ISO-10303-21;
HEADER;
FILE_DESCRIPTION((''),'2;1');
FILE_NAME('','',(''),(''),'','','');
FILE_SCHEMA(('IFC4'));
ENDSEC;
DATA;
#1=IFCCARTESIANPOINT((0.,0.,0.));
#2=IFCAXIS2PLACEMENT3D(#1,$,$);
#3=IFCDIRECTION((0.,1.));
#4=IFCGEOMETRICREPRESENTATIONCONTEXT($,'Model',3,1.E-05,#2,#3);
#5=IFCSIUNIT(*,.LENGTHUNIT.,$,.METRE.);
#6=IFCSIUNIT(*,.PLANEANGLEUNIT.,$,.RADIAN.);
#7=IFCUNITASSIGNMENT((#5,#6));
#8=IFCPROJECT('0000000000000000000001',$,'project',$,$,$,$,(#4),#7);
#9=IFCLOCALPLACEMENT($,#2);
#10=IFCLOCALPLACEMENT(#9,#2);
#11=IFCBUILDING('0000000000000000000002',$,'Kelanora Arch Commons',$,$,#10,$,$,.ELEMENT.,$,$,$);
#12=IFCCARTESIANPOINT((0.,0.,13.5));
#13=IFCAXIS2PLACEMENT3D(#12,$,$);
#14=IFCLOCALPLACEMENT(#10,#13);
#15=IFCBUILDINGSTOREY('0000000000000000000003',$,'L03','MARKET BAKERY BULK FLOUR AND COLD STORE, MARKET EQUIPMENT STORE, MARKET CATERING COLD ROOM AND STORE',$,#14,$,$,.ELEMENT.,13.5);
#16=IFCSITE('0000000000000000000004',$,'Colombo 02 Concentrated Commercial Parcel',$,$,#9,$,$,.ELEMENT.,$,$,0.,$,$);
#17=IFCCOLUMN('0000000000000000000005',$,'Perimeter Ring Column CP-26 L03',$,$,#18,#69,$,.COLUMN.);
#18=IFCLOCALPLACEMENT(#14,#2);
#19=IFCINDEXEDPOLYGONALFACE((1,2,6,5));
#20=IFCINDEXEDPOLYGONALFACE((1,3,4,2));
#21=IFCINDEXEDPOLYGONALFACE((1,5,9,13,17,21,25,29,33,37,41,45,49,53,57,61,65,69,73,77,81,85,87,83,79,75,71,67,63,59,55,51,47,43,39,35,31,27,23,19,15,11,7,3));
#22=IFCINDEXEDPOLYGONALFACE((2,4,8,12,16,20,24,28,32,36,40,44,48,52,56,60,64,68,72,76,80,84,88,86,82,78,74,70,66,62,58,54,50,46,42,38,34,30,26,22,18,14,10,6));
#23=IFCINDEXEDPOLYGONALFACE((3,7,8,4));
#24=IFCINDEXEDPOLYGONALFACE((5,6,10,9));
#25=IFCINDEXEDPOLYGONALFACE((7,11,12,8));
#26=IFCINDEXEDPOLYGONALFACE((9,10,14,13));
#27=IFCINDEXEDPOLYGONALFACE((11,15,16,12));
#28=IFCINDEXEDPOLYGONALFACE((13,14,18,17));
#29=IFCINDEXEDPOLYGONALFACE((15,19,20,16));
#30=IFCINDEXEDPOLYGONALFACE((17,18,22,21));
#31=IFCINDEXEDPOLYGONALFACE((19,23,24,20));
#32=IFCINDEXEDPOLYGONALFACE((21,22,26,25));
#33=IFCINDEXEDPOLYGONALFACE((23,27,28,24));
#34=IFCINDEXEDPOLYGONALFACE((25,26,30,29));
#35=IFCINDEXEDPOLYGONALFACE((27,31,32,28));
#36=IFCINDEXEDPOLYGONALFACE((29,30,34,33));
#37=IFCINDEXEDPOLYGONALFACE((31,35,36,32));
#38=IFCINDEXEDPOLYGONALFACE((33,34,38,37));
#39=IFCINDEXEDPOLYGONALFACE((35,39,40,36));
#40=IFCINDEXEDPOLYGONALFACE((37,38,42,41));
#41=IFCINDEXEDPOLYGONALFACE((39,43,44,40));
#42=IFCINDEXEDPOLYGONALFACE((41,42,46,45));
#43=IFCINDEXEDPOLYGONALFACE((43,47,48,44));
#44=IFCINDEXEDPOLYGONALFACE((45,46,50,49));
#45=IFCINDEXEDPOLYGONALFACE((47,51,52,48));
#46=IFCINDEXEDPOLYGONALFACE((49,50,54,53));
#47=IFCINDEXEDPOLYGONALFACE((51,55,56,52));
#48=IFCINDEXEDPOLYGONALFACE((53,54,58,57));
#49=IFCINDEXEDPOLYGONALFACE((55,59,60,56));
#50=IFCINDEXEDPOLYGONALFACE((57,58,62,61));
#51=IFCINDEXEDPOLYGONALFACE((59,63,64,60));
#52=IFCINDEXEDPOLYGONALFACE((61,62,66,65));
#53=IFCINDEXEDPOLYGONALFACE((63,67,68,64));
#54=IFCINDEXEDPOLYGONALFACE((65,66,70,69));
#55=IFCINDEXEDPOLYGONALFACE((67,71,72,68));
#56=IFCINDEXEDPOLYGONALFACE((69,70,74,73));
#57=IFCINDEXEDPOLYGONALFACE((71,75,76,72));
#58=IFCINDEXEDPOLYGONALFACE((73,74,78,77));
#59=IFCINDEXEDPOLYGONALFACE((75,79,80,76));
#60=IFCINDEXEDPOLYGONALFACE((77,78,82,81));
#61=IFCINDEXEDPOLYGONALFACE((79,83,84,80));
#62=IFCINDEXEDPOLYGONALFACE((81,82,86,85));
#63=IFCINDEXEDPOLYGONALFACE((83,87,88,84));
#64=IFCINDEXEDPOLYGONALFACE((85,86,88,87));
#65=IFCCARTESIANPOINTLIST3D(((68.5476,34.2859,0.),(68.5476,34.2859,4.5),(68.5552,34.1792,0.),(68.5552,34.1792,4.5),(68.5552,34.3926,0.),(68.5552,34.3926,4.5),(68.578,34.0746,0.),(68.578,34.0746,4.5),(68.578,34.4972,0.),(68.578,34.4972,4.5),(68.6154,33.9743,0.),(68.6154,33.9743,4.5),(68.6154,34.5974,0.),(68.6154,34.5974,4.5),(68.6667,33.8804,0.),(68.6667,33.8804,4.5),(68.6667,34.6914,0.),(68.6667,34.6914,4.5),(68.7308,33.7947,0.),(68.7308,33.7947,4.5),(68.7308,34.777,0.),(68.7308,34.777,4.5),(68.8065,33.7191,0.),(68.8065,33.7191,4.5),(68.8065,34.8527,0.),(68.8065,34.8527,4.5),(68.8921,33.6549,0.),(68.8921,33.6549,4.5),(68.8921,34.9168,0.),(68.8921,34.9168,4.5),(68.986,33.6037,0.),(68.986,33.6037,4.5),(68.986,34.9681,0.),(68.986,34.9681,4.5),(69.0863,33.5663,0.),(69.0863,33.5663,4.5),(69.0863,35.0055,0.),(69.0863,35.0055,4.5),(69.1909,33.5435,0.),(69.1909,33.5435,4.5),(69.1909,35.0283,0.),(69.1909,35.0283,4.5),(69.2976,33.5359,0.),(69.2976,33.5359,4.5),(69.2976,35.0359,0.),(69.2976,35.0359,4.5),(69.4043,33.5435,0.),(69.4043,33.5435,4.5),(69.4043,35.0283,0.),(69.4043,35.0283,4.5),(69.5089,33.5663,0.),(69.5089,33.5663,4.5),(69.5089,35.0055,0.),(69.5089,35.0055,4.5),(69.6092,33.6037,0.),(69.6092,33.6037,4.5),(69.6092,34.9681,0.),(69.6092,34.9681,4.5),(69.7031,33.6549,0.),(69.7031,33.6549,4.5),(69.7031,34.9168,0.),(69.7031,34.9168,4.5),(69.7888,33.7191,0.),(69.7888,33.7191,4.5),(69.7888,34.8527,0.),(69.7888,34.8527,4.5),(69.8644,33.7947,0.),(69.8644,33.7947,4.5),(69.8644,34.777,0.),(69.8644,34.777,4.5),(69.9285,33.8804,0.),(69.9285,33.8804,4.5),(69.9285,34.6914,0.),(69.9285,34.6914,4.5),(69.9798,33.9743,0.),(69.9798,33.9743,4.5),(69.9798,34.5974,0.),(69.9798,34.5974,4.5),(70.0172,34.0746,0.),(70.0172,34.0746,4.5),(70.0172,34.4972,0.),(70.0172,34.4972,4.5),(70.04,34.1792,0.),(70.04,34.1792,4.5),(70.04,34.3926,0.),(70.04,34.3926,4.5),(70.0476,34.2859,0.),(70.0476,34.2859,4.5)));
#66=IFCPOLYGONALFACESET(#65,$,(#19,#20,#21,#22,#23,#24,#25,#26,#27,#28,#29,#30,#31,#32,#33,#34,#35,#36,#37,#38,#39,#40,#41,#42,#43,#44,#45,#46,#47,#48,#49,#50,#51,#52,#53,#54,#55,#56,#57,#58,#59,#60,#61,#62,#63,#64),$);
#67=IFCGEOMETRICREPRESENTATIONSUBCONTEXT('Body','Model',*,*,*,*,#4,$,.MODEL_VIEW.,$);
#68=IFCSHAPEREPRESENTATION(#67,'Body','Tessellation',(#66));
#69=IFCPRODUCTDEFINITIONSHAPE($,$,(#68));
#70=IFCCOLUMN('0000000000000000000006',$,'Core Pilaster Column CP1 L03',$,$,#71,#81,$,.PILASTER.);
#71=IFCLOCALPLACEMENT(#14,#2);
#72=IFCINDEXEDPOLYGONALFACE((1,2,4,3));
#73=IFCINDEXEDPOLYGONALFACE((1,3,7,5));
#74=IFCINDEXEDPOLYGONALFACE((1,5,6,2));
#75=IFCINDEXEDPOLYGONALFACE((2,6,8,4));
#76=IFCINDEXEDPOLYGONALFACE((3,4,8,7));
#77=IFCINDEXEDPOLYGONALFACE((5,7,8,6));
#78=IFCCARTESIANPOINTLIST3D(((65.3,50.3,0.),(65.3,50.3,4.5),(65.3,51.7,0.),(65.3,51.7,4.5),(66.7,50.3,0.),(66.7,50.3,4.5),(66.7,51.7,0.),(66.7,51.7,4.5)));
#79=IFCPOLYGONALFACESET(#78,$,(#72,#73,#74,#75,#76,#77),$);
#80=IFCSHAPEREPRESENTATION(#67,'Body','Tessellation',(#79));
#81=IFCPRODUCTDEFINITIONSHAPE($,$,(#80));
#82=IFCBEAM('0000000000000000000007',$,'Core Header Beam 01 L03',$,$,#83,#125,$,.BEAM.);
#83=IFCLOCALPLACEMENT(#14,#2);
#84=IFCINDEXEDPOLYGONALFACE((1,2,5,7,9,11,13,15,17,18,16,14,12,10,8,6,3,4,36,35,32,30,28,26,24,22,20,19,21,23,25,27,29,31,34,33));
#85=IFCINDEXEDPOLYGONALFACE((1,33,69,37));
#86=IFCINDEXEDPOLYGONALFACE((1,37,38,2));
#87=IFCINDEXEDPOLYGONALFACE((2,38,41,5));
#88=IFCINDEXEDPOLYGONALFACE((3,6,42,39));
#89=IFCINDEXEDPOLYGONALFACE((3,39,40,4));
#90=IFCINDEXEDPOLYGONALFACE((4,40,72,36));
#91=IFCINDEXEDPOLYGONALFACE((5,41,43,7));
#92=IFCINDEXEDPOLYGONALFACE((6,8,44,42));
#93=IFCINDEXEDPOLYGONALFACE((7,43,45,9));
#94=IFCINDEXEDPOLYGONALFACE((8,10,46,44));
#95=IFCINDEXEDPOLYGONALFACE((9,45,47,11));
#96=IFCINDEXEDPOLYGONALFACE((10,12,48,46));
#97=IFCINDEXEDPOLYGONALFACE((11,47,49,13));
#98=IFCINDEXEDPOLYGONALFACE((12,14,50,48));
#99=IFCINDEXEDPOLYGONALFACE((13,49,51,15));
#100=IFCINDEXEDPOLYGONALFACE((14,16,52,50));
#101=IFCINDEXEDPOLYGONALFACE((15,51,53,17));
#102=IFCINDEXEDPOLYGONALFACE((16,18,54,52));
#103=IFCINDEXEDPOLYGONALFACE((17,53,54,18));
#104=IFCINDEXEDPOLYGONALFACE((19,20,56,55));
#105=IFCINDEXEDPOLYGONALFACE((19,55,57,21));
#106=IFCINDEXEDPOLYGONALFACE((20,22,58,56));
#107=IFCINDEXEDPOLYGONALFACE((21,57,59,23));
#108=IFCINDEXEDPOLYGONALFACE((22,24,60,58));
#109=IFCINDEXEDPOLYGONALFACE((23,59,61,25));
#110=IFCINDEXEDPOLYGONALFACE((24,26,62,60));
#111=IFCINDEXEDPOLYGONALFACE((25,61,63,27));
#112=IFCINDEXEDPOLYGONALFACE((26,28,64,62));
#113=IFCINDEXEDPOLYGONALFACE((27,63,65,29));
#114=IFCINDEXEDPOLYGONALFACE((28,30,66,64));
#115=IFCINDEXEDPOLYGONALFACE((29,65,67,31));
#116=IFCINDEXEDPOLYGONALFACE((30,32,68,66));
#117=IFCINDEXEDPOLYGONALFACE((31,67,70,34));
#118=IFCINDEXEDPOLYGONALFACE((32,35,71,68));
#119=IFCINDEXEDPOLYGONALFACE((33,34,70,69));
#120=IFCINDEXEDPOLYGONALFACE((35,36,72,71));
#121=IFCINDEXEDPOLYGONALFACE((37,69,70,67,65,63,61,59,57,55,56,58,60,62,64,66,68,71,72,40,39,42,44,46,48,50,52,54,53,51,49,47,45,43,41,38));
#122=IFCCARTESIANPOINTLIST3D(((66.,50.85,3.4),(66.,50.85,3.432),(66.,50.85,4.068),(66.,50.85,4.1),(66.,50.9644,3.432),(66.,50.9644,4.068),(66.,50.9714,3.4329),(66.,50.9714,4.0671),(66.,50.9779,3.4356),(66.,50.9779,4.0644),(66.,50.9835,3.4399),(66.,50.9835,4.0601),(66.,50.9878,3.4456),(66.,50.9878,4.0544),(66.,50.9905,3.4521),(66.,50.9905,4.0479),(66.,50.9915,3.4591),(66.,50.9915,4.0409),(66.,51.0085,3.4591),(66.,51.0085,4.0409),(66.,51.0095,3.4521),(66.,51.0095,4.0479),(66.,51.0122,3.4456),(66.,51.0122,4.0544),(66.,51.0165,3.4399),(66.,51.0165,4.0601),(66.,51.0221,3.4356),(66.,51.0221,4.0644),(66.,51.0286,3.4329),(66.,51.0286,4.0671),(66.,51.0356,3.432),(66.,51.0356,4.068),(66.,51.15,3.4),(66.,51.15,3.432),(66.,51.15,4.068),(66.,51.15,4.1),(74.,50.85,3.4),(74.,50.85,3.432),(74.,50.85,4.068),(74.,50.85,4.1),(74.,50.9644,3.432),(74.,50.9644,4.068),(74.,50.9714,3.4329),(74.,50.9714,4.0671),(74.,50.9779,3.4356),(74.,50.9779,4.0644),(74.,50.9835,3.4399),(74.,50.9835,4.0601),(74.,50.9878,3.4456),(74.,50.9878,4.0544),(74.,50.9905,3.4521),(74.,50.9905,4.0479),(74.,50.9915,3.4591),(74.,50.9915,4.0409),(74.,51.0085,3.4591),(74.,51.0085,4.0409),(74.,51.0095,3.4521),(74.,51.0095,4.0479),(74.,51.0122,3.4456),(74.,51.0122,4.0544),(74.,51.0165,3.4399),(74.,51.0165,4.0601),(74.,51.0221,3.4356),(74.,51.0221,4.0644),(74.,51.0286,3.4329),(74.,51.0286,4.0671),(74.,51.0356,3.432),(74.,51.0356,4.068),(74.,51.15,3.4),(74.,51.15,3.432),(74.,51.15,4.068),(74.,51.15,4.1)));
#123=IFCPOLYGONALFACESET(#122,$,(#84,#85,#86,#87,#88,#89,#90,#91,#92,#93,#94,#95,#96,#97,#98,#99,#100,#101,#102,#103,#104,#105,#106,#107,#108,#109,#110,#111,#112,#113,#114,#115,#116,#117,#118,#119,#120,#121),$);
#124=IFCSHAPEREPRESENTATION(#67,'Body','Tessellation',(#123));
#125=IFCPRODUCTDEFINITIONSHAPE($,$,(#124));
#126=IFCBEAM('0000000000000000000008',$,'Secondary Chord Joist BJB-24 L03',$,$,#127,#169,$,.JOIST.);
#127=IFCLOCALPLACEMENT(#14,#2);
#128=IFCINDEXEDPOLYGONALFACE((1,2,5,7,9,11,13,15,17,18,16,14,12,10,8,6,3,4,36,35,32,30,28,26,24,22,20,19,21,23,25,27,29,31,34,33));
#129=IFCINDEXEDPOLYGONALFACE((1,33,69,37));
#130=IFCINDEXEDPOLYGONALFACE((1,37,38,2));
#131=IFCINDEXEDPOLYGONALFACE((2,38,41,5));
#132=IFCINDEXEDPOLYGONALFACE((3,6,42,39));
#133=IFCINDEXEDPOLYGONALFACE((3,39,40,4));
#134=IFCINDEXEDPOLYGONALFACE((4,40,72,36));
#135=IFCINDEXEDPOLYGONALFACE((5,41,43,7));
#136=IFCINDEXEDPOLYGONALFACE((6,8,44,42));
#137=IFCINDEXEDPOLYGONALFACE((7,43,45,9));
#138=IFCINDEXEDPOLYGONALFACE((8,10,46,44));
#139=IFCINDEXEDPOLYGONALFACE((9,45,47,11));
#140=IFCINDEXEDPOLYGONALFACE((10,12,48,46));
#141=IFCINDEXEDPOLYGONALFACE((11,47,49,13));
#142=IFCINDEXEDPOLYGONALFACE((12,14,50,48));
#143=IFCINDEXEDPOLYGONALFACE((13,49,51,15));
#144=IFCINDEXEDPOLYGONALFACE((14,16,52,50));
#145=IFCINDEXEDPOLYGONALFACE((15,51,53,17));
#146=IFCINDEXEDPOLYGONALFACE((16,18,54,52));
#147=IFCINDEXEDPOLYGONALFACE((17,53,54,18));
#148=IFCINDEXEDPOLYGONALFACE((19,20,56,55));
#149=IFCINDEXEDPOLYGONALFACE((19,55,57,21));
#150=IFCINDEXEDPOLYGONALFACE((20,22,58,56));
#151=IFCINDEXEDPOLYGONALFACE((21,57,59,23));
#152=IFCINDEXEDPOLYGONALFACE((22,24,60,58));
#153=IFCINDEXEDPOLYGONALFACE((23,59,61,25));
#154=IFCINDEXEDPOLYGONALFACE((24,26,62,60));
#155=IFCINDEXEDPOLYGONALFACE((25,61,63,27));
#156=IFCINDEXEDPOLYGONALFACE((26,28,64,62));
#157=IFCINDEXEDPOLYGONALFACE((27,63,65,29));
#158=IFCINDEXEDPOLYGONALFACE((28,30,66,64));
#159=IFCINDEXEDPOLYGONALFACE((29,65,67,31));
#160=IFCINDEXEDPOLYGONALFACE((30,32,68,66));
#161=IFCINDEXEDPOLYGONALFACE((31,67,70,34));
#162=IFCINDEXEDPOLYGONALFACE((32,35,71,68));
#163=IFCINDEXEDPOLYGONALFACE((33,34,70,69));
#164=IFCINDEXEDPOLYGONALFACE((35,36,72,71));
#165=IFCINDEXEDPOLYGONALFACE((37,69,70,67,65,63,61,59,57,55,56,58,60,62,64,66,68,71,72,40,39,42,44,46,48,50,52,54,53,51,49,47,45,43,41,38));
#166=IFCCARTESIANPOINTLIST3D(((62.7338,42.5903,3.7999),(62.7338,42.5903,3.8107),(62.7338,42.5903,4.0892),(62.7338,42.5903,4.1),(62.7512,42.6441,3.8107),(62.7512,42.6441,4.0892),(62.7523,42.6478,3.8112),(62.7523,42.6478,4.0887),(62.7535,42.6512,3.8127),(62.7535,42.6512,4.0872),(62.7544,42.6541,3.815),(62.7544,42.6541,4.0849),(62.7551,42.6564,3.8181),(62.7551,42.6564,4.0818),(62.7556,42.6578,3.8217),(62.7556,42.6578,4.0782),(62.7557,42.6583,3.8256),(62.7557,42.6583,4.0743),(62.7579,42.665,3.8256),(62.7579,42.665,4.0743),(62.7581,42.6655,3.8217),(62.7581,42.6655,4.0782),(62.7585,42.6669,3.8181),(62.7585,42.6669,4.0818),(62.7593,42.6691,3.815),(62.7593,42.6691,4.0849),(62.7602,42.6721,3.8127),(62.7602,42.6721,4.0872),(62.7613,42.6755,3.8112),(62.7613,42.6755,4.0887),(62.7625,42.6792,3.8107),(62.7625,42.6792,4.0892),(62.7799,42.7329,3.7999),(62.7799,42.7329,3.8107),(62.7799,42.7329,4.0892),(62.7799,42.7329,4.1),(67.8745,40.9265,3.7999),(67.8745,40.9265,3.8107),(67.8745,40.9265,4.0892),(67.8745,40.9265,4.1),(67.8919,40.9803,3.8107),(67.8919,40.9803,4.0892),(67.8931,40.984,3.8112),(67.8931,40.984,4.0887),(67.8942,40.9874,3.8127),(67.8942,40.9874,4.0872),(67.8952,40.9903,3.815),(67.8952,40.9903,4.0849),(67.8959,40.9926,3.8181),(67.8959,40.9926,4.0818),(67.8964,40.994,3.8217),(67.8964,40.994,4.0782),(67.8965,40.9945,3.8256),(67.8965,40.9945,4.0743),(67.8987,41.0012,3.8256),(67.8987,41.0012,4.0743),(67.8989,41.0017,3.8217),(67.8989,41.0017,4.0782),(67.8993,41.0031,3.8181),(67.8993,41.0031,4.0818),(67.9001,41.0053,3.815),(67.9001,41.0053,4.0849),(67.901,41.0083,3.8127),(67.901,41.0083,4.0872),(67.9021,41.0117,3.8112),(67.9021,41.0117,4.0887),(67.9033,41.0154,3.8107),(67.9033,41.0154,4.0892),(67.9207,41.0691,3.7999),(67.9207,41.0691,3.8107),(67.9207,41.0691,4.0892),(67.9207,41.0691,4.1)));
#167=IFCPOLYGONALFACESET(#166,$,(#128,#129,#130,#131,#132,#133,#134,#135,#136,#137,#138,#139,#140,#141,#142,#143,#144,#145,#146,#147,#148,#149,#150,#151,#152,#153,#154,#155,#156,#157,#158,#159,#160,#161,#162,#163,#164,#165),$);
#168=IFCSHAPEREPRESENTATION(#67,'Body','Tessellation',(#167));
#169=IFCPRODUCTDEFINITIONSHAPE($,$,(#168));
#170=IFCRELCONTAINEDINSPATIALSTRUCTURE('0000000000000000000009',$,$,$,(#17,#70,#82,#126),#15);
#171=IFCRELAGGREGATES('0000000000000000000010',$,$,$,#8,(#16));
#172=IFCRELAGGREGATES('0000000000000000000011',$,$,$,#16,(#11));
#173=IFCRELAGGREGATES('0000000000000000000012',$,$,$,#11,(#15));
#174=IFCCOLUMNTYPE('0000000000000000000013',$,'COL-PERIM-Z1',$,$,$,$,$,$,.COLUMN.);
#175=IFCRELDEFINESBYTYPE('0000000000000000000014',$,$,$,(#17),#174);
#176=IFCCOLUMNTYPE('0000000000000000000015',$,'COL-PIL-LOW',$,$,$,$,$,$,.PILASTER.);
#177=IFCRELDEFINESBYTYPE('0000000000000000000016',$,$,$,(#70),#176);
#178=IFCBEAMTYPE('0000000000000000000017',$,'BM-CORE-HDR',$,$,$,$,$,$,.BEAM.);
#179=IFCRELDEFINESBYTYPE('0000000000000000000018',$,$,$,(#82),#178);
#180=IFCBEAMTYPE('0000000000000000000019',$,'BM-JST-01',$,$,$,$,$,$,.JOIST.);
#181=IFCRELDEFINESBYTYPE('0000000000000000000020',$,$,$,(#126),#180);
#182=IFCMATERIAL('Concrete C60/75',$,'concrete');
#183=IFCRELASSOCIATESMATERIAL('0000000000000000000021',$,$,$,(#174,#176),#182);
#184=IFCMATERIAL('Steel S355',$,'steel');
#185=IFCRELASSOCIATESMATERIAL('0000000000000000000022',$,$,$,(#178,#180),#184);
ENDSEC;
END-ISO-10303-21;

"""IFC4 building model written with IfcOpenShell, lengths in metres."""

from ifc_helpers import new_model, si_unit, direction, frame, origin, origin_2d, place, context, subcontext, project, spatial, rectangle, circle, i_section, extrude, material, material_profile, profile_set, type_object, element, save


model = new_model("IFC4")

# Units and contexts
model_context = context("Model", 3, precision=1e-05, world=origin(), true_north=direction((0.0, 1.0)))
body_context = subcontext(model_context, "Body", "Model", "MODEL_VIEW")
ifc_project = project(units=[si_unit("LENGTHUNIT", "METRE"), si_unit("PLANEANGLEUNIT", "RADIAN")], contexts=[model_context])

# Site, building, storey
site_placement = place(None, origin())
site = spatial("IfcSite", under=ifc_project, at=site_placement, Name="Colombo 02 Concentrated Commercial Parcel", CompositionType="ELEMENT", RefElevation=0.0)
building_placement = place(site_placement, origin())
building = spatial("IfcBuilding", under=site, at=building_placement, Name="Kelanora Arch Commons", CompositionType="ELEMENT")
storey_placement = place(building_placement, frame((0.0, 0.0, 13.5)))
storey = spatial("IfcBuildingStorey", under=building, at=storey_placement, Name="L03", Description="MARKET BAKERY BULK FLOUR AND COLD STORE, MARKET EQUIPMENT STORE, MARKET CATERING COLD ROOM AND STORE", CompositionType="ELEMENT", Elevation=13.5)

# Columns
ifc_material_1 = material(Name="Concrete C60/75", Category="concrete")
ifc_material_profile_1 = material_profile(ifc_material_1, circle(Radius=0.75, at=origin_2d()), Name="RCC1500")
ifc_profile_set_1 = profile_set([ifc_material_profile_1], Name="Concrete C60/75")
column_type_1 = type_object("IfcColumnType", Name="COL-PERIM-Z1", PredefinedType="COLUMN", material=ifc_profile_set_1)
column_1_placement = place(storey_placement, frame((69.2976, 34.2859, 0.0), z_axis=(0.0, 0.0, 1.0), x_axis=(1.0, 0.0, 0.0)))
element("IfcColumn", 1, at=column_1_placement, inside=storey, type_object=column_type_1, Name="Perimeter Ring Column CP-26 L03", PredefinedType="COLUMN", context=body_context, shape_type="SweptSolid", body=[
    extrude(circle(Radius=0.75, at=origin_2d()), origin(), (0.0, 0.0, 1.0), 4.5),
])
ifc_material_profile_2 = material_profile(ifc_material_1, rectangle(XDim=1.3999, YDim=1.3999, at=origin_2d()), Name="RC1400x1400")
ifc_profile_set_2 = profile_set([ifc_material_profile_2], Name="Concrete C60/75")
column_type_2 = type_object("IfcColumnType", Name="COL-PIL-LOW", PredefinedType="PILASTER", material=ifc_profile_set_2)
column_2_placement = place(storey_placement, frame((66.0, 51.0, 0.0), z_axis=(0.0, 0.0, 1.0), x_axis=(1.0, 0.0, 0.0)))
element("IfcColumn", 2, at=column_2_placement, inside=storey, type_object=column_type_2, Name="Core Pilaster Column CP1 L03", PredefinedType="PILASTER", context=body_context, shape_type="SweptSolid", body=[
    extrude(rectangle(XDim=1.3999, YDim=1.3999, at=origin_2d()), origin(), (0.0, 0.0, 1.0), 4.5),
])

# Beams
ifc_material_2 = material(Name="Steel S355", Category="steel")
ifc_material_profile_3 = material_profile(ifc_material_2, i_section(OverallWidth=0.3, OverallDepth=0.7, WebThickness=0.0171, FlangeThickness=0.032, FilletRadius=0.0271, at=origin_2d()), Name="HEB700")
ifc_profile_set_3 = profile_set([ifc_material_profile_3], Name="Steel S355")
beam_type_1 = type_object("IfcBeamType", Name="BM-CORE-HDR", PredefinedType="BEAM", material=ifc_profile_set_3)
beam_1_placement = place(storey_placement, frame((66.0, 51.0, 3.75), z_axis=(1.0, 0.0, 0.0), x_axis=(0.0, 1.0, 0.0)))
element("IfcBeam", 3, at=beam_1_placement, inside=storey, type_object=beam_type_1, Name="Core Header Beam 01 L03", PredefinedType="BEAM", context=body_context, shape_type="SweptSolid", body=[
    extrude(i_section(OverallWidth=0.3, OverallDepth=0.7, WebThickness=0.0171, FlangeThickness=0.032, FilletRadius=0.0271, at=origin_2d()), origin(), (0.0, 0.0, 1.0), 8.0),
])
ifc_material_profile_4 = material_profile(ifc_material_2, i_section(OverallWidth=0.1499, OverallDepth=0.3, WebThickness=0.0071, FlangeThickness=0.0107, FilletRadius=0.0149, at=origin_2d()), Name="IPE300")
ifc_profile_set_4 = profile_set([ifc_material_profile_4], Name="Steel S355")
beam_type_2 = type_object("IfcBeamType", Name="BM-JST-01", PredefinedType="JOIST", material=ifc_profile_set_4)
beam_2_placement = place(storey_placement, frame((62.7568, 42.6616, 3.95), z_axis=(0.951412, -0.30792, 0.0), x_axis=(0.30792, 0.951412, 0.0)))
element("IfcBeam", 4, at=beam_2_placement, inside=storey, type_object=beam_type_2, Name="Secondary Chord Joist BJB-24 L03", PredefinedType="JOIST", context=body_context, shape_type="SweptSolid", body=[
    extrude(i_section(OverallWidth=0.1499, OverallDepth=0.3, WebThickness=0.0071, FlangeThickness=0.0107, FilletRadius=0.0149, at=origin_2d()), origin(), (0.0, 0.0, 1.0), 5.4033),
])

save(model, "model.ifc")
